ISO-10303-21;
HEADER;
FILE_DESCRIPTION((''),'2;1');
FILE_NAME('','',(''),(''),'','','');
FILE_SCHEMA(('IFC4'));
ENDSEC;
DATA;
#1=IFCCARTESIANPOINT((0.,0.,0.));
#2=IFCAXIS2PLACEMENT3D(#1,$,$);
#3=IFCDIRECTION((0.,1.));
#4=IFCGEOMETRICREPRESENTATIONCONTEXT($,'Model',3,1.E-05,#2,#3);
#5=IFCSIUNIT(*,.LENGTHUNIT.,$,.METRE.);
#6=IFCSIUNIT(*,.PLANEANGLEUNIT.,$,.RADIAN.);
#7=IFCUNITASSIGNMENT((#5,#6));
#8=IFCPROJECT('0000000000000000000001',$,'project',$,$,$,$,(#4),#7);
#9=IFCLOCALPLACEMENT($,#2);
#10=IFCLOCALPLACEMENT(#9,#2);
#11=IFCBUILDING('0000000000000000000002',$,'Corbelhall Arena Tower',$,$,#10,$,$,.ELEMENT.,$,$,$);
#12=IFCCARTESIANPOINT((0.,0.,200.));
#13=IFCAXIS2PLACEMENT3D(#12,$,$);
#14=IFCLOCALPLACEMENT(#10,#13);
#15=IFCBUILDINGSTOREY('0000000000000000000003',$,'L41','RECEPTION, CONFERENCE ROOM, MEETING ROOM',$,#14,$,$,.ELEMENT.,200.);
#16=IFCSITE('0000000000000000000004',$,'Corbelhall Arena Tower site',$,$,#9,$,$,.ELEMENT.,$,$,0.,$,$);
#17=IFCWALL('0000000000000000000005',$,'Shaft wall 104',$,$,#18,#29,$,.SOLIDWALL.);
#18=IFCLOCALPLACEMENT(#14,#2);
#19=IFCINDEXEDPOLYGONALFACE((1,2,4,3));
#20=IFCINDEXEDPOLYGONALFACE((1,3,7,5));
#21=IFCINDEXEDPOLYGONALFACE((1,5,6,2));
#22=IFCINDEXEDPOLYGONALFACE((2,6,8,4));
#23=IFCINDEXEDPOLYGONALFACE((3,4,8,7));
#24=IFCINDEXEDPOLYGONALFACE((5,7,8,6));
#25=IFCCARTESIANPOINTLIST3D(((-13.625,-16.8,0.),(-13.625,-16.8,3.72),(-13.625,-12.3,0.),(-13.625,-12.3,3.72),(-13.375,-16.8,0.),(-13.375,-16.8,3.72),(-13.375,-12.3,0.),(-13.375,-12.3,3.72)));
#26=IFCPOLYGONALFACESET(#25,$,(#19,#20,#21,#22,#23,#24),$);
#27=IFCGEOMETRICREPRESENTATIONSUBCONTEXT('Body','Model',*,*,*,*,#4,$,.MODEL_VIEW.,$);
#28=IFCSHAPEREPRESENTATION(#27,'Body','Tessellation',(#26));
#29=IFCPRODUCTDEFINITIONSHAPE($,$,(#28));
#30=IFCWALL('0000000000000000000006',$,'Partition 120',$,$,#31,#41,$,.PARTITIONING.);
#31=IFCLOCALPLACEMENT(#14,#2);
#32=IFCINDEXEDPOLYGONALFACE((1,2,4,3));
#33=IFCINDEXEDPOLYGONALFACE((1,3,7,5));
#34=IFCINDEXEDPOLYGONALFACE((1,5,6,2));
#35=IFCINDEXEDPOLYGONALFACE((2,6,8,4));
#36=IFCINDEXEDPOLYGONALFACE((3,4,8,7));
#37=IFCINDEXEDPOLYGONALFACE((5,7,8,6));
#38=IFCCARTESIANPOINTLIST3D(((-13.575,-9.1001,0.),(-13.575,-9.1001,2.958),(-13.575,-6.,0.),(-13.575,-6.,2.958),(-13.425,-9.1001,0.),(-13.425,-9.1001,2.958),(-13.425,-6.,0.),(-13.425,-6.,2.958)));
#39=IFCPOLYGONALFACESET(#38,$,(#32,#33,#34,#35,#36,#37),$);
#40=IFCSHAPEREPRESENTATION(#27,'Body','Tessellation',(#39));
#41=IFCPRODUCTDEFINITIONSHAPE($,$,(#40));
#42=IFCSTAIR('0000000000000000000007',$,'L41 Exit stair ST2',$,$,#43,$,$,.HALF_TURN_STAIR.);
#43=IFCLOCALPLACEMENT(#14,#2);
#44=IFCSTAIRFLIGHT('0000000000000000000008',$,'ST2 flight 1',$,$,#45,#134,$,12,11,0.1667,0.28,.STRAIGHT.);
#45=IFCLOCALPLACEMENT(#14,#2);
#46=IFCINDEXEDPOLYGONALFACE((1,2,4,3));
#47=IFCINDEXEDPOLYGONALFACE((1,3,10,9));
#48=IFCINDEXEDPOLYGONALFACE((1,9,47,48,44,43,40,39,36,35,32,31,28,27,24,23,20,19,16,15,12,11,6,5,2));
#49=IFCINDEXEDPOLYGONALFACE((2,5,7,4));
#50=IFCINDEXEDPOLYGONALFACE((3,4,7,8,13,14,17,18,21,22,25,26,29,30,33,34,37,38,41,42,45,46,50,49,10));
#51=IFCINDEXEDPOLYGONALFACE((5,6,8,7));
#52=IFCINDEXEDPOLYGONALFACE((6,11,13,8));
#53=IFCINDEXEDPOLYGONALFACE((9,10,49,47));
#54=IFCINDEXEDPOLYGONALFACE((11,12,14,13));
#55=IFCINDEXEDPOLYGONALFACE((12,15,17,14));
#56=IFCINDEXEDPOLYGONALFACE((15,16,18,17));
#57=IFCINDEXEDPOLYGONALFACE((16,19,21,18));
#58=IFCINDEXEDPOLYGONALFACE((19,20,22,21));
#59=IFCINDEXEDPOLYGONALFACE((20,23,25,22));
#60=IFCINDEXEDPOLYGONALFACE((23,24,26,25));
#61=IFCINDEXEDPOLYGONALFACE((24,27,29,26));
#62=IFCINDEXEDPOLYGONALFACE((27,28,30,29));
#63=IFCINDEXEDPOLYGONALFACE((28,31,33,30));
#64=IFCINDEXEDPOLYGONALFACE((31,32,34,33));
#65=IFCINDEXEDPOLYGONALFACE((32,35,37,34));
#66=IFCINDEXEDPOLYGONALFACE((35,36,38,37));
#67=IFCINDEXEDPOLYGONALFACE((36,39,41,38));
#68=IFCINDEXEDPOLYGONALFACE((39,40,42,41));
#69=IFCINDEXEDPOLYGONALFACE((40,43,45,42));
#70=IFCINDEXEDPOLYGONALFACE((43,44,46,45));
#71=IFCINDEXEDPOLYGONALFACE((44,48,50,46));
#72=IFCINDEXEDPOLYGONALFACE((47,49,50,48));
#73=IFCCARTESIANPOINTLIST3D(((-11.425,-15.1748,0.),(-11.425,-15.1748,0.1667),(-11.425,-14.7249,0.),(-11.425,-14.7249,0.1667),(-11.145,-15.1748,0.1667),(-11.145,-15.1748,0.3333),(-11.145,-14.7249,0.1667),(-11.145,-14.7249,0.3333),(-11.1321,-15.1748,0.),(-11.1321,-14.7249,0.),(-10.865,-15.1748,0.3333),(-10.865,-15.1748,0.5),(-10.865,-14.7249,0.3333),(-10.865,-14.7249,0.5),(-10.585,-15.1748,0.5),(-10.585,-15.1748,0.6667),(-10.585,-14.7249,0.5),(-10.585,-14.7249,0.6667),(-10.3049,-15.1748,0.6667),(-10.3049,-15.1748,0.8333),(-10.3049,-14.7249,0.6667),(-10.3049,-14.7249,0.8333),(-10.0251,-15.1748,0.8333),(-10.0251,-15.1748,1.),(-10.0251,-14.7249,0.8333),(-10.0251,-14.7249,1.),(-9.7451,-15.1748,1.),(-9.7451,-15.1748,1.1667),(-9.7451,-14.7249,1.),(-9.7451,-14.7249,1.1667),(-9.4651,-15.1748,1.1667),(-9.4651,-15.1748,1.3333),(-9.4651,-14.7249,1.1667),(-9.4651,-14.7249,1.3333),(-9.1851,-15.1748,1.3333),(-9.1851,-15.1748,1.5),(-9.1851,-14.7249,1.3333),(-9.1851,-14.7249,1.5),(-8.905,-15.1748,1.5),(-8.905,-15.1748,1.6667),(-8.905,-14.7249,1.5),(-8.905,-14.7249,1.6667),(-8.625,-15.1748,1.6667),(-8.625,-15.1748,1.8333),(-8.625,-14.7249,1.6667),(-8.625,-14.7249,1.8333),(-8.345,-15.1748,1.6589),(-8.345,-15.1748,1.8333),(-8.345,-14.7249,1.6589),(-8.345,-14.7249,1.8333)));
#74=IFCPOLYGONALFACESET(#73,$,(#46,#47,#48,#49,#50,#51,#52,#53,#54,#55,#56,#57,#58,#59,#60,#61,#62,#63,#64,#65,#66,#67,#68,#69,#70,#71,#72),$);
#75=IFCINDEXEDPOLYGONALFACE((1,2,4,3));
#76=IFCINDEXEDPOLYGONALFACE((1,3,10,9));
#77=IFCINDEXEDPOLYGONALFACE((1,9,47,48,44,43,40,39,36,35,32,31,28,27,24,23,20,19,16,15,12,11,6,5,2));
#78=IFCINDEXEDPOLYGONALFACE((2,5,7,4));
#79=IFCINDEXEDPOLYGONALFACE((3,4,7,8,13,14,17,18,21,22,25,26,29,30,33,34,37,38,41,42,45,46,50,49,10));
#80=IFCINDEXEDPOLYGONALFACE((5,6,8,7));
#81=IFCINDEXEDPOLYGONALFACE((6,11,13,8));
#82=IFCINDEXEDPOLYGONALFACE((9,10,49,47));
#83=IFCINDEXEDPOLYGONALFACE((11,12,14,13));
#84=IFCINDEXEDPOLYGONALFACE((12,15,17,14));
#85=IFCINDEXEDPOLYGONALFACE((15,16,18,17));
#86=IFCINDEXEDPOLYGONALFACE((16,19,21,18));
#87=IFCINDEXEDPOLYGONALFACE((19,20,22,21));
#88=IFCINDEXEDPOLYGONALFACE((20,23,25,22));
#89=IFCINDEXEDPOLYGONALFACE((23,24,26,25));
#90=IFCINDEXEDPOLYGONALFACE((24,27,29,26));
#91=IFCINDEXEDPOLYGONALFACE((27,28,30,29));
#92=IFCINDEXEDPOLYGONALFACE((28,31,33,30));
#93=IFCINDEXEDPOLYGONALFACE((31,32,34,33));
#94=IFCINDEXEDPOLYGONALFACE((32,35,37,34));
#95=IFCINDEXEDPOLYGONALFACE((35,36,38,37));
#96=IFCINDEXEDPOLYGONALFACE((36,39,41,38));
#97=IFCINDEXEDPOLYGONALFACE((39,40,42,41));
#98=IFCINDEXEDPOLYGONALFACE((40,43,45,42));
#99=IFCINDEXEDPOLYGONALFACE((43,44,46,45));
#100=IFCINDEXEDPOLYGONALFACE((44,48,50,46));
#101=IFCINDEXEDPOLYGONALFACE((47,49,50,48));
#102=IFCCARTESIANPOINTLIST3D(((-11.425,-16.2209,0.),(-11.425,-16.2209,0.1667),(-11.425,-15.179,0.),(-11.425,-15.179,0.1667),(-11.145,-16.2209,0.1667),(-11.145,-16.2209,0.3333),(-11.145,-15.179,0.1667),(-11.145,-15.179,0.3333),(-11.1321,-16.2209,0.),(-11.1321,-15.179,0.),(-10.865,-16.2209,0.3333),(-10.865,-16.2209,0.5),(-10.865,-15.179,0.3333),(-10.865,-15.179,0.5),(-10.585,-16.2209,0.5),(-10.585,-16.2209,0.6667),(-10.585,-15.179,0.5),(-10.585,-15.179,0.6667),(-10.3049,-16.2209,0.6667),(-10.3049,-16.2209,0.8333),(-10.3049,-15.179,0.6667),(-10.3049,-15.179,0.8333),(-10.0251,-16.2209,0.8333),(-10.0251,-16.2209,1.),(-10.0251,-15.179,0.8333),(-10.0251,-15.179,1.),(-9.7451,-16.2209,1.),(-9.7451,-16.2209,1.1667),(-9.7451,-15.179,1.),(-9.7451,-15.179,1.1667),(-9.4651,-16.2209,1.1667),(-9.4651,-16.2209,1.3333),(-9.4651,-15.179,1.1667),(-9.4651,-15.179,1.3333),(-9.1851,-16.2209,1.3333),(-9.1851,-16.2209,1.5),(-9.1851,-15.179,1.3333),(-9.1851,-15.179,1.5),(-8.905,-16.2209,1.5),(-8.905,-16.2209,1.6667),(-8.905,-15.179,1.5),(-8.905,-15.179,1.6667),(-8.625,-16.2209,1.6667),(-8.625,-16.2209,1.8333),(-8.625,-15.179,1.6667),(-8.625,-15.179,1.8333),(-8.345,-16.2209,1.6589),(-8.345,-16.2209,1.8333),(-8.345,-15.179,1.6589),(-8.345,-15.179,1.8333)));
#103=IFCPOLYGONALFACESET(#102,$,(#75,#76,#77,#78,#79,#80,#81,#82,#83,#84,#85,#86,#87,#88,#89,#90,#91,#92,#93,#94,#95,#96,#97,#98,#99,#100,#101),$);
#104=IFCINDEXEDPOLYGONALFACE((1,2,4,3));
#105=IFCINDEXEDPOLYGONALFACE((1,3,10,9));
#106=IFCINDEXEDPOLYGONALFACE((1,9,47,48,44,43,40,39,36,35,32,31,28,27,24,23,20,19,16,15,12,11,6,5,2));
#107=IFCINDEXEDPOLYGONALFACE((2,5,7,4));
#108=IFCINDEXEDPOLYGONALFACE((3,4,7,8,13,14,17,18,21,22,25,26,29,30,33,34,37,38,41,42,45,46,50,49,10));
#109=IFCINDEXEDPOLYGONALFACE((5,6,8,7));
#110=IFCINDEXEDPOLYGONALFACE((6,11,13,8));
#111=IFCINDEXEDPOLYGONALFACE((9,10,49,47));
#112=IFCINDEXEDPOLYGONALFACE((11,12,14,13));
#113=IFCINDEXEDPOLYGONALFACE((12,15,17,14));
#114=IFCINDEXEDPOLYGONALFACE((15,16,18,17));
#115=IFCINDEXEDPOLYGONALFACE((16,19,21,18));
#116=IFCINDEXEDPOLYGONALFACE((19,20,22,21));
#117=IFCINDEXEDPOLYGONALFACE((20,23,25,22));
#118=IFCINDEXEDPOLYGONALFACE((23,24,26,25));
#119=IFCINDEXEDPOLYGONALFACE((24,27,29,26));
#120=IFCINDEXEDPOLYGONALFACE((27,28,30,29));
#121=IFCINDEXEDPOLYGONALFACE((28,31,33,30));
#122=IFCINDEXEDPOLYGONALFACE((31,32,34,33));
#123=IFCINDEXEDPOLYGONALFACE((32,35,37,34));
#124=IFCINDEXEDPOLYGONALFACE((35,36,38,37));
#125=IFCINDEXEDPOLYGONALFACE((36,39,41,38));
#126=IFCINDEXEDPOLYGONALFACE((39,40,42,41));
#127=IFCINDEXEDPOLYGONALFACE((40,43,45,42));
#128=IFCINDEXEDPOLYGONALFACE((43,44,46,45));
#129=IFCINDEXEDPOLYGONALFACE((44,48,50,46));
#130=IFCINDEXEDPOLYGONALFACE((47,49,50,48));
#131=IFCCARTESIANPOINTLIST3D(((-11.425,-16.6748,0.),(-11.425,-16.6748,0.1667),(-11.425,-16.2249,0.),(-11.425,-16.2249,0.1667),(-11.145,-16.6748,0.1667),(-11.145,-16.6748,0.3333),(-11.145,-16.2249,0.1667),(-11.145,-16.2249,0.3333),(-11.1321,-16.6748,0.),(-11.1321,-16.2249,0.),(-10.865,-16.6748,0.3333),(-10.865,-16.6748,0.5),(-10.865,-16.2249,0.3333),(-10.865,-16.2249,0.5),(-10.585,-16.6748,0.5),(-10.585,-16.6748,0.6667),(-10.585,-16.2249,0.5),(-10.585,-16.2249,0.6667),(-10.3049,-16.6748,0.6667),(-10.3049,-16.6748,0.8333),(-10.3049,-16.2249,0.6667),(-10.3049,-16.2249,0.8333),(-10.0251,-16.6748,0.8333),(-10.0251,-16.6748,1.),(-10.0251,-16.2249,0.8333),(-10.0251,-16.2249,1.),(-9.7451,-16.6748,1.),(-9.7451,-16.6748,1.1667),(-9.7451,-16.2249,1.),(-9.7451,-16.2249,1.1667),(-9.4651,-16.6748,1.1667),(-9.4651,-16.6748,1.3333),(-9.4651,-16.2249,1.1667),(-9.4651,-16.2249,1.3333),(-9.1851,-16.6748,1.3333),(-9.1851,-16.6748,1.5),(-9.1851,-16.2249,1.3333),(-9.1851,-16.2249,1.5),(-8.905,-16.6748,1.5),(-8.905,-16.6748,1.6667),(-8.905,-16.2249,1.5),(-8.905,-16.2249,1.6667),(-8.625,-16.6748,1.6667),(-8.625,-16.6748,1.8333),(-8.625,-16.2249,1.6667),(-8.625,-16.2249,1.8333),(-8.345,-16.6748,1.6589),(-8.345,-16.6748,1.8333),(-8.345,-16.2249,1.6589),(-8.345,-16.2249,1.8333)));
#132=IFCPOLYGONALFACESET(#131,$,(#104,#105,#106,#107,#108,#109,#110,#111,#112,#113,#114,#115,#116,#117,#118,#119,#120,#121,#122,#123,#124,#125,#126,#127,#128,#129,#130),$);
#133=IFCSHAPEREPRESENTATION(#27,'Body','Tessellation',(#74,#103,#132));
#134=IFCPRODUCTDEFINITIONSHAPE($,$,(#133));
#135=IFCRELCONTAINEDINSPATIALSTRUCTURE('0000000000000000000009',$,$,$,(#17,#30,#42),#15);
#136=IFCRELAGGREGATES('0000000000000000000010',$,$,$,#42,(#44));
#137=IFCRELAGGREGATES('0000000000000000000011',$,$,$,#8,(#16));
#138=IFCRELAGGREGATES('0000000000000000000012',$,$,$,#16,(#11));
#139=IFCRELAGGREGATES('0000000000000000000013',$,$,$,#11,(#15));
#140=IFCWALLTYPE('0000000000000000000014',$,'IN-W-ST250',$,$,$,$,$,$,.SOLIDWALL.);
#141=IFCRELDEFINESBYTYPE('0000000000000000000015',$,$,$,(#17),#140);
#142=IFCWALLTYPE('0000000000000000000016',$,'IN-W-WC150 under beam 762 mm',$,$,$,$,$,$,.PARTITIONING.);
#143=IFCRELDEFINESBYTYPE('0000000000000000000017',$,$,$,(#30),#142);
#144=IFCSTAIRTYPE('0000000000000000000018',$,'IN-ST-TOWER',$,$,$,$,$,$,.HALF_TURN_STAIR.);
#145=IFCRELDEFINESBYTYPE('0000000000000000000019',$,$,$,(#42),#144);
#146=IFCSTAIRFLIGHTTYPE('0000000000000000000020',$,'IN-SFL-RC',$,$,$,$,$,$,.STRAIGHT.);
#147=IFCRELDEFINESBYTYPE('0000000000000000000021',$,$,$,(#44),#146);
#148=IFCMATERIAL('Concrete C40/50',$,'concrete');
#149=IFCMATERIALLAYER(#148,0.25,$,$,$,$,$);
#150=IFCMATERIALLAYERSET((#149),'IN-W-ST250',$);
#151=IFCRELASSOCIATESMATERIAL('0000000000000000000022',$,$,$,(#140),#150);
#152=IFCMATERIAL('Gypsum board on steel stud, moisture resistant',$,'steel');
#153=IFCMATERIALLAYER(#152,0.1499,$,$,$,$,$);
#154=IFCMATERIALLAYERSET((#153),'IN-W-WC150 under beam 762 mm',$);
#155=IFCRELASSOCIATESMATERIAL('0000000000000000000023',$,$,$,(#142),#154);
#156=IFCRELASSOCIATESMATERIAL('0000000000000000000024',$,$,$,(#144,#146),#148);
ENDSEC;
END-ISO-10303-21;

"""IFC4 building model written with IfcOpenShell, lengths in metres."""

from ifc_helpers import new_model, si_unit, direction, frame, frame_2d, origin, place, context, subcontext, project, spatial, polyline, rectangle, outline, extrude, material, layer, layer_set, type_object, element, aggregate, save


model = new_model("IFC4")

# Units and contexts
model_context = context("Model", 3, precision=1e-05, world=origin(), true_north=direction((0.0, 1.0)))
body_context = subcontext(model_context, "Body", "Model", "MODEL_VIEW")
ifc_project = project(units=[si_unit("LENGTHUNIT", "METRE"), si_unit("PLANEANGLEUNIT", "RADIAN")], contexts=[model_context])

# Site, building, storey
site_placement = place(None, origin())
site = spatial("IfcSite", under=ifc_project, at=site_placement, Name="Corbelhall Arena Tower site", CompositionType="ELEMENT", RefElevation=0.0)
building_placement = place(site_placement, origin())
building = spatial("IfcBuilding", under=site, at=building_placement, Name="Corbelhall Arena Tower", CompositionType="ELEMENT")
storey_placement = place(building_placement, frame((0.0, 0.0, 200.0)))
storey = spatial("IfcBuildingStorey", under=building, at=storey_placement, Name="L41", Description="RECEPTION, CONFERENCE ROOM, MEETING ROOM", CompositionType="ELEMENT", Elevation=200.0)

# Walls
ifc_material_1 = material(Name="Concrete C40/50", Category="concrete")
ifc_layer_1 = layer(ifc_material_1, 0.25)
ifc_layer_set_1 = layer_set([ifc_layer_1], Name="IN-W-ST250")
wall_type_1 = type_object("IfcWallType", Name="IN-W-ST250", PredefinedType="SOLIDWALL", material=ifc_layer_set_1)
wall_1_placement = place(storey_placement, frame((-13.5, -16.8, 0.0), z_axis=(0.0, 0.0, 1.0), x_axis=(0.0, 1.0, 0.0)))
element("IfcWall", 1, at=wall_1_placement, inside=storey, type_object=wall_type_1, Name="Shaft wall 104", PredefinedType="SOLIDWALL", context=body_context, shape_type="SweptSolid", body=[
    extrude(rectangle(XDim=4.5, YDim=0.25, at=frame_2d((2.25, 0.0))), origin(), (0.0, 0.0, 1.0), 3.72),
])
ifc_material_2 = material(Name="Gypsum board on steel stud, moisture resistant", Category="steel")
ifc_layer_2 = layer(ifc_material_2, 0.1499)
ifc_layer_set_2 = layer_set([ifc_layer_2], Name="IN-W-WC150 under beam 762 mm")
wall_type_2 = type_object("IfcWallType", Name="IN-W-WC150 under beam 762 mm", PredefinedType="PARTITIONING", material=ifc_layer_set_2)
wall_2_placement = place(storey_placement, frame((-13.5, -9.1001, 0.0), z_axis=(0.0, 0.0, 1.0), x_axis=(0.0, 1.0, 0.0)))
element("IfcWall", 2, at=wall_2_placement, inside=storey, type_object=wall_type_2, Name="Partition 120", PredefinedType="PARTITIONING", context=body_context, shape_type="SweptSolid", body=[
    extrude(rectangle(XDim=3.1001, YDim=0.1499, at=frame_2d((1.55, 0.0))), origin(), (0.0, 0.0, 1.0), 2.958),
])

# Stair, stair flight
stair_type = type_object("IfcStairType", Name="IN-ST-TOWER", PredefinedType="HALF_TURN_STAIR", material=ifc_material_1)
stair_placement = place(storey_placement, origin())
stair = element("IfcStair", 3, at=stair_placement, inside=storey, type_object=stair_type, Name="L41 Exit stair ST2", PredefinedType="HALF_TURN_STAIR")
stair_flight_type = type_object("IfcStairFlightType", Name="IN-SFL-RC", PredefinedType="STRAIGHT", material=ifc_material_1)
stair_flight_1_placement = place(storey_placement, frame((-11.425, -15.7, 0.0), z_axis=(0.0, 0.0, 1.0), x_axis=(1.0, 0.0, 0.0)))
stair_flight_1 = element("IfcStairFlight", 4, at=stair_flight_1_placement, type_object=stair_flight_type, Name="ST2 flight 1", NumberOfRisers=12, NumberOfTreads=11, PredefinedType="STRAIGHT", RiserHeight=0.1667, TreadLength=0.28, context=body_context, shape_type="SweptSolid", body=[
    extrude(outline(polyline([(0.0, 0.0), (0.0, 0.1667), (0.28, 0.1667), (0.28, 0.3333), (0.5601, 0.3333), (0.5601, 0.5), (0.8401, 0.5), (0.8401, 0.6667), (1.1201, 0.6667), (1.1201, 0.8333), (1.3999, 0.8333), (1.3999, 1.0), (1.6799, 1.0), (1.6799, 1.1667), (1.96, 1.1667), (1.96, 1.3333), (2.24, 1.3333), (2.24, 1.5), (2.52, 1.5), (2.52, 1.6667), (2.8, 1.6667), (2.8, 1.8333), (3.0801, 1.8333), (3.0801, 2.0), (3.0801, 1.6589), (0.293, 0.0), (0.0, 0.0)])), frame((0.0, 0.9751, 0.0), z_axis=(0.0, -1.0, 0.0), x_axis=(1.0, 0.0, 0.0)), (0.0, 0.0, 1.0), 0.45),
    extrude(outline(polyline([(0.0, 0.0), (0.0, 0.1667), (0.28, 0.1667), (0.28, 0.3333), (0.5601, 0.3333), (0.5601, 0.5), (0.8401, 0.5), (0.8401, 0.6667), (1.1201, 0.6667), (1.1201, 0.8333), (1.3999, 0.8333), (1.3999, 1.0), (1.6799, 1.0), (1.6799, 1.1667), (1.96, 1.1667), (1.96, 1.3333), (2.24, 1.3333), (2.24, 1.5), (2.52, 1.5), (2.52, 1.6667), (2.8, 1.6667), (2.8, 1.8333), (3.0801, 1.8333), (3.0801, 2.0), (3.0801, 1.6589), (0.293, 0.0), (0.0, 0.0)])), frame((0.0, 0.521, 0.0), z_axis=(0.0, -1.0, 0.0), x_axis=(1.0, 0.0, 0.0)), (0.0, 0.0, 1.0), 1.042),
    extrude(outline(polyline([(0.0, 0.0), (0.0, 0.1667), (0.28, 0.1667), (0.28, 0.3333), (0.5601, 0.3333), (0.5601, 0.5), (0.8401, 0.5), (0.8401, 0.6667), (1.1201, 0.6667), (1.1201, 0.8333), (1.3999, 0.8333), (1.3999, 1.0), (1.6799, 1.0), (1.6799, 1.1667), (1.96, 1.1667), (1.96, 1.3333), (2.24, 1.3333), (2.24, 1.5), (2.52, 1.5), (2.52, 1.6667), (2.8, 1.6667), (2.8, 1.8333), (3.0801, 1.8333), (3.0801, 2.0), (3.0801, 1.6589), (0.293, 0.0), (0.0, 0.0)])), frame((0.0, -0.5249, 0.0), z_axis=(0.0, -1.0, 0.0), x_axis=(1.0, 0.0, 0.0)), (0.0, 0.0, 1.0), 0.45),
])
aggregate(stair, [stair_flight_1])

save(model, "model.ifc")
